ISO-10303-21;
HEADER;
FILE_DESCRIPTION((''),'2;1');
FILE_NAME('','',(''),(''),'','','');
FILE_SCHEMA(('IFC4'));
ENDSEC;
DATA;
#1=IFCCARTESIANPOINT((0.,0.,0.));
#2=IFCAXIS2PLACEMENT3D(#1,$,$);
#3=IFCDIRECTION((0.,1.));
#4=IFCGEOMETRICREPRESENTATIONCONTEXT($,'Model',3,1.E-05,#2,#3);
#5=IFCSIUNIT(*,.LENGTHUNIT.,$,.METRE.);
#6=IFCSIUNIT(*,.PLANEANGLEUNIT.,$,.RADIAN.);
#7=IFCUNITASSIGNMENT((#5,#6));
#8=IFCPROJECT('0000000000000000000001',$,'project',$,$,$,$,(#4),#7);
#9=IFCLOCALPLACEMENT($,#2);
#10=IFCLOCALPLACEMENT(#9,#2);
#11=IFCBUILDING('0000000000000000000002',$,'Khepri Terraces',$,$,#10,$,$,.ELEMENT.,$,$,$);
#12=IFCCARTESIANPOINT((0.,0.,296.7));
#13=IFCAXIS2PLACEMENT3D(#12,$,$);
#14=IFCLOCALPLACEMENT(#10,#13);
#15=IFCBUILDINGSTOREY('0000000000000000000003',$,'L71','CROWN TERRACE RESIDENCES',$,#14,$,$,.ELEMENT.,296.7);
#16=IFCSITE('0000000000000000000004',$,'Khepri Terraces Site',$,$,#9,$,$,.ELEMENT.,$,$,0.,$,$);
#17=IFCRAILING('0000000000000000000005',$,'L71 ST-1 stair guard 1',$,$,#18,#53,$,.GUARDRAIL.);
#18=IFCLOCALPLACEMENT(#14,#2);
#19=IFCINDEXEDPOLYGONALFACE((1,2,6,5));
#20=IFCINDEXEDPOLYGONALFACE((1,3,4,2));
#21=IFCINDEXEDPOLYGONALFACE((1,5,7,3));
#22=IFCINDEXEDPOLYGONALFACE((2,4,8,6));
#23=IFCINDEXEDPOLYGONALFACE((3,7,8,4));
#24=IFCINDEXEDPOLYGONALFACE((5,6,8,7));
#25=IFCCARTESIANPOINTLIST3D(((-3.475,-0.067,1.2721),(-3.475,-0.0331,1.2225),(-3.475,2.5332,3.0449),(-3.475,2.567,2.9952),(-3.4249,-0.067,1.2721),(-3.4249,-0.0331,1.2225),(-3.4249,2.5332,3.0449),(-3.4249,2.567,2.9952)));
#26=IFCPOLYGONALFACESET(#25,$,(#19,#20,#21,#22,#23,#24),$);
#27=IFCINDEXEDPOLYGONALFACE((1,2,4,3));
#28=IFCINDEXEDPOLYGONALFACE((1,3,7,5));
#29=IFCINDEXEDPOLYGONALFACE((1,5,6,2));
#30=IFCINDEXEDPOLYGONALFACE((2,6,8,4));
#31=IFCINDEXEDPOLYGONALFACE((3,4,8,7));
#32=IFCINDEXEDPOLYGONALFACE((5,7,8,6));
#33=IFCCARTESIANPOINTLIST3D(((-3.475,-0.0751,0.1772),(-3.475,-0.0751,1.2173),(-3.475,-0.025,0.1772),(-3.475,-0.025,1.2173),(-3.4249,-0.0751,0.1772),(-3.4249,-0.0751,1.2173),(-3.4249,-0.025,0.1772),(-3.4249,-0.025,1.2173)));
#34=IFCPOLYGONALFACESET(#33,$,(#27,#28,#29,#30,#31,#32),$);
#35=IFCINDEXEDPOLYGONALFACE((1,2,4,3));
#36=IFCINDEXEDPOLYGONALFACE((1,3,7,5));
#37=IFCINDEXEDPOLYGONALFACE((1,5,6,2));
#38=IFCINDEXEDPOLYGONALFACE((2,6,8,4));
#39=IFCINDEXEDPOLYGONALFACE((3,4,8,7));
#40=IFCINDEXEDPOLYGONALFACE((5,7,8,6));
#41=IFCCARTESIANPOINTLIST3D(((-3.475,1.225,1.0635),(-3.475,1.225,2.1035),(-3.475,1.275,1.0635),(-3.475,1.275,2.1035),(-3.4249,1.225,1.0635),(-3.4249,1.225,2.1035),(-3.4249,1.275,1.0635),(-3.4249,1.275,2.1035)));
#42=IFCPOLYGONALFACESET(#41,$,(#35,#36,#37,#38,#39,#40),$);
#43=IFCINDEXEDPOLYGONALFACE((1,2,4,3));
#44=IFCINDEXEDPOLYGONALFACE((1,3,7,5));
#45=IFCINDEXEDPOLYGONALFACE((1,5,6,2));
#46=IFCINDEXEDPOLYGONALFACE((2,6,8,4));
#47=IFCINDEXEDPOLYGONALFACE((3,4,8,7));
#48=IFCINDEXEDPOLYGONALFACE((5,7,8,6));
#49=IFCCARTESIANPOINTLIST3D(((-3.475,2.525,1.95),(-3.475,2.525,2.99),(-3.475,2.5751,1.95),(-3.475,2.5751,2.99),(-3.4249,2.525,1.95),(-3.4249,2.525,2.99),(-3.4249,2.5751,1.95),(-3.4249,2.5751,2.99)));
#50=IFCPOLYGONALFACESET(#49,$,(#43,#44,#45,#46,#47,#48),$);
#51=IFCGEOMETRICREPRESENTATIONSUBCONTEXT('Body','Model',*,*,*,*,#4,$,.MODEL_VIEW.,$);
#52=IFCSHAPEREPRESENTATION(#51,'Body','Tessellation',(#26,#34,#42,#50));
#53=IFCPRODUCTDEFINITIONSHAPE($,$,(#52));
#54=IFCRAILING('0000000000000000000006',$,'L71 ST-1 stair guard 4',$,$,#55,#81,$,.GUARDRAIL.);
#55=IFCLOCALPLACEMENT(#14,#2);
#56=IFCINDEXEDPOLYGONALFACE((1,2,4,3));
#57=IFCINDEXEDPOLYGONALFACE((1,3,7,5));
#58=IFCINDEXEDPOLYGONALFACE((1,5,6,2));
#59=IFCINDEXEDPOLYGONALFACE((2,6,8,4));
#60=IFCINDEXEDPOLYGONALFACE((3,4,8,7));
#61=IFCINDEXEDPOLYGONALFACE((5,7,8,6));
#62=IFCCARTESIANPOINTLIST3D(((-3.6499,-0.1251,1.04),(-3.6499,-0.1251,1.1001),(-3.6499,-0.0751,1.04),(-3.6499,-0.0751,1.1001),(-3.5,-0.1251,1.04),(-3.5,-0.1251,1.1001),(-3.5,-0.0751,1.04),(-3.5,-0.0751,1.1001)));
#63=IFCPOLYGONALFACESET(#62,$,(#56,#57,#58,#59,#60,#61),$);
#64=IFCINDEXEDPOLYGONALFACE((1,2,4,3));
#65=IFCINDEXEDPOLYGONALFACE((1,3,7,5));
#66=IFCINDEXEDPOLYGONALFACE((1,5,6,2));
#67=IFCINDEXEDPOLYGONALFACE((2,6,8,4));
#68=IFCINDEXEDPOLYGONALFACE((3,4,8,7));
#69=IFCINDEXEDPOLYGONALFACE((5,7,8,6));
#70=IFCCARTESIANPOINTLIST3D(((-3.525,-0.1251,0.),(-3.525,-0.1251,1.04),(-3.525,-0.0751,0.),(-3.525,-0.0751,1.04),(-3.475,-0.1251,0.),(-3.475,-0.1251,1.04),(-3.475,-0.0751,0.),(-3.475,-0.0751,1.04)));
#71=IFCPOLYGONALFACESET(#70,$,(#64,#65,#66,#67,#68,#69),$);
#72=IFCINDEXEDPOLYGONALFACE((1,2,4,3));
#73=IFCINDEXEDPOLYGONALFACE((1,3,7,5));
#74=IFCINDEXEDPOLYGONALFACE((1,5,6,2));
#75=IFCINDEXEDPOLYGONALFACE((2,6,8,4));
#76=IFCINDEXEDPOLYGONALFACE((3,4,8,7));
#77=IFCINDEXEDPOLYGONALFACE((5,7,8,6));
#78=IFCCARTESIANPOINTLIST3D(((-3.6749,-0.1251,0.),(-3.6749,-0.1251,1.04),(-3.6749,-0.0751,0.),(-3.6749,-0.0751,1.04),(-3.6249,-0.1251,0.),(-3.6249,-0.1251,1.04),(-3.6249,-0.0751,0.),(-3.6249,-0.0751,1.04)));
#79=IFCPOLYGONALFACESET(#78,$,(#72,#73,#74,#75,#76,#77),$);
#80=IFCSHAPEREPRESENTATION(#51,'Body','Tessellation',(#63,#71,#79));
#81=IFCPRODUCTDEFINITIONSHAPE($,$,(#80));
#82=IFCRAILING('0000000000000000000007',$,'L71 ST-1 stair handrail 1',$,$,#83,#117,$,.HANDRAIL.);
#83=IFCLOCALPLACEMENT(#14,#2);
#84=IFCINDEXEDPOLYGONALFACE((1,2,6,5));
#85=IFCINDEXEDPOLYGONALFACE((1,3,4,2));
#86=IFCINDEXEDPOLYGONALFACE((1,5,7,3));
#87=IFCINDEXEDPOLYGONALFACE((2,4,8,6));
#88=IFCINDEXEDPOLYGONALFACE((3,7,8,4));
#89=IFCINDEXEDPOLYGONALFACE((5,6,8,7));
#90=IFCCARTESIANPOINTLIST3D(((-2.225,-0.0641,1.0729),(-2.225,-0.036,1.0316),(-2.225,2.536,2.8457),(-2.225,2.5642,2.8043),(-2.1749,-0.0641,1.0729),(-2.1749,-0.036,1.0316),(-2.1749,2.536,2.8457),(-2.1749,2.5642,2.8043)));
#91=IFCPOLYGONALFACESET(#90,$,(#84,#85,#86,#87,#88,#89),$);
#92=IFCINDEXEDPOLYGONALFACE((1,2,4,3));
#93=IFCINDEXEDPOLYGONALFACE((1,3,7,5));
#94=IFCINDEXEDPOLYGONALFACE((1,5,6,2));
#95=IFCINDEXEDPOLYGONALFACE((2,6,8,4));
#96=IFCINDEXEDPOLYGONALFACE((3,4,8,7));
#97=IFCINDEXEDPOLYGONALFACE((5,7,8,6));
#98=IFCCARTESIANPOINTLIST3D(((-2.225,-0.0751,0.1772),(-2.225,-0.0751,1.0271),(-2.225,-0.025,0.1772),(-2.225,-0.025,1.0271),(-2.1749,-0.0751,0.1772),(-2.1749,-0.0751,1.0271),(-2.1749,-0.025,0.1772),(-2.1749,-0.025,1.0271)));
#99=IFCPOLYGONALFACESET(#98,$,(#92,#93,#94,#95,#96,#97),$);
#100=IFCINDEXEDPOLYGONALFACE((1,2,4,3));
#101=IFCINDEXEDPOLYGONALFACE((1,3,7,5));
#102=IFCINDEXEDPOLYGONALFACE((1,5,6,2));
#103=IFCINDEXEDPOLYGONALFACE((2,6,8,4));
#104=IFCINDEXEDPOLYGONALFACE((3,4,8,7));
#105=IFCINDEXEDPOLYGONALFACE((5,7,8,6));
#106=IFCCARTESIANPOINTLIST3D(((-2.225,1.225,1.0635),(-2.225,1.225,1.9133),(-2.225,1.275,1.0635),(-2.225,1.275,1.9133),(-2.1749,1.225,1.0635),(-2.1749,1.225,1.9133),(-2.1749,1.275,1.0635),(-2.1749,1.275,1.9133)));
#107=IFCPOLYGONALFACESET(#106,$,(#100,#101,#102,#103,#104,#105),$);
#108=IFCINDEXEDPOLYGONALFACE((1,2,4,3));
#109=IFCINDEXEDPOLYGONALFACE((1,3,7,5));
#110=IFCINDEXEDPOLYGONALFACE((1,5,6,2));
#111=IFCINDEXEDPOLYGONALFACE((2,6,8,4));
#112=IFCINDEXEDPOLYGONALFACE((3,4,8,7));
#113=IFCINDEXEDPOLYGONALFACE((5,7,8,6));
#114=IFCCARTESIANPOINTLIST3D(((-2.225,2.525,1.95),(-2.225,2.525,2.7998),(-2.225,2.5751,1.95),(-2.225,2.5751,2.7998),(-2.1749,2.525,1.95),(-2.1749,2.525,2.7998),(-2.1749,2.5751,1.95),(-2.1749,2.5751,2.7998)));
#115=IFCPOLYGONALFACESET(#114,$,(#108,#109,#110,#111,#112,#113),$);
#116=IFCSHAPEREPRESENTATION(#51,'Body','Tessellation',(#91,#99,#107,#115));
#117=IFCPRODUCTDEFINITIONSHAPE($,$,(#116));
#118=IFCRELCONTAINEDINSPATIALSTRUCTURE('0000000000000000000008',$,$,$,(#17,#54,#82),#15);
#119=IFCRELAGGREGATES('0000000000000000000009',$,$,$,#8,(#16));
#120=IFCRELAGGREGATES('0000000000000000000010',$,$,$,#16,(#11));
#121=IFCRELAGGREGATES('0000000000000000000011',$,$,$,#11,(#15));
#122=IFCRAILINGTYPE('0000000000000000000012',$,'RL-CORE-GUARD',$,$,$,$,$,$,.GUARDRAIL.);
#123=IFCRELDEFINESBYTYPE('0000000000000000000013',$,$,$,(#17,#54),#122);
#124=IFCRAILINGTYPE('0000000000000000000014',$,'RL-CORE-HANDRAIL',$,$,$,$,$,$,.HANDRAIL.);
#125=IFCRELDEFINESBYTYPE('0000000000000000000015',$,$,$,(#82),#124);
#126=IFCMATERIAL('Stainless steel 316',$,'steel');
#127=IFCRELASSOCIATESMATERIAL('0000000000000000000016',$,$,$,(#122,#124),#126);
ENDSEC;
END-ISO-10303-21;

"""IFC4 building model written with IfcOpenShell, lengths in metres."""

from ifc_helpers import new_model, si_unit, direction, frame, origin, origin_2d, place, context, subcontext, project, spatial, rectangle, extrude, material, type_object, element, save


model = new_model("IFC4")

# Units and contexts
model_context = context("Model", 3, precision=1e-05, world=origin(), true_north=direction((0.0, 1.0)))
body_context = subcontext(model_context, "Body", "Model", "MODEL_VIEW")
ifc_project = project(units=[si_unit("LENGTHUNIT", "METRE"), si_unit("PLANEANGLEUNIT", "RADIAN")], contexts=[model_context])

# Site, building, storey
site_placement = place(None, origin())
site = spatial("IfcSite", under=ifc_project, at=site_placement, Name="Khepri Terraces Site", CompositionType="ELEMENT", RefElevation=0.0)
building_placement = place(site_placement, origin())
building = spatial("IfcBuilding", under=site, at=building_placement, Name="Khepri Terraces", CompositionType="ELEMENT")
storey_placement = place(building_placement, frame((0.0, 0.0, 296.7)))
storey = spatial("IfcBuildingStorey", under=building, at=storey_placement, Name="L71", Description="CROWN TERRACE RESIDENCES", CompositionType="ELEMENT", Elevation=296.7)

# Railings
ifc_material_1 = material(Name="Stainless steel 316", Category="steel")
railing_type_1 = type_object("IfcRailingType", Name="RL-CORE-GUARD", PredefinedType="GUARDRAIL", material=ifc_material_1)
railing_1_placement = place(storey_placement, frame((-3.45, -0.05, 0.1772)))
element("IfcRailing", 1, at=railing_1_placement, inside=storey, type_object=railing_type_1, Name="L71 ST-1 stair guard 1", PredefinedType="GUARDRAIL", context=body_context, shape_type="SweptSolid", body=[
    extrude(rectangle(XDim=0.05, YDim=0.0601, at=origin_2d()), frame((0.0, 0.0, 1.0701), z_axis=(0.0, 0.82624, 0.563318), x_axis=(-1.0, 0.0, 0.0)), (0.0, 0.0, 1.0), 3.147),
    extrude(rectangle(XDim=0.05, YDim=0.05, at=origin_2d()), origin(), (0.0, 0.0, 1.0), 1.04),
    extrude(rectangle(XDim=0.05, YDim=0.05, at=origin_2d()), frame((0.0, 1.3, 0.8862)), (0.0, 0.0, 1.0), 1.04),
    extrude(rectangle(XDim=0.05, YDim=0.05, at=origin_2d()), frame((0.0, 2.6001, 1.7727)), (0.0, 0.0, 1.0), 1.04),
])
railing_2_placement = place(storey_placement, frame((-3.5, -0.1001, 0.0)))
element("IfcRailing", 2, at=railing_2_placement, inside=storey, type_object=railing_type_1, Name="L71 ST-1 stair guard 4", PredefinedType="GUARDRAIL", context=body_context, shape_type="SweptSolid", body=[
    extrude(rectangle(XDim=0.05, YDim=0.0601, at=origin_2d()), frame((0.0, 0.0, 1.0701), z_axis=(-1.0, 0.0, 0.0), x_axis=(0.0, -1.0, 0.0)), (0.0, 0.0, 1.0), 0.1499),
    extrude(rectangle(XDim=0.05, YDim=0.05, at=origin_2d()), origin(), (0.0, 0.0, 1.0), 1.04),
    extrude(rectangle(XDim=0.05, YDim=0.05, at=origin_2d()), frame((-0.1499, 0.0, 0.0)), (0.0, 0.0, 1.0), 1.04),
])
railing_type_2 = type_object("IfcRailingType", Name="RL-CORE-HANDRAIL", PredefinedType="HANDRAIL", material=ifc_material_1)
railing_3_placement = place(storey_placement, frame((-2.2, -0.05, 0.1772)))
element("IfcRailing", 3, at=railing_3_placement, inside=storey, type_object=railing_type_2, Name="L71 ST-1 stair handrail 1", PredefinedType="HANDRAIL", context=body_context, shape_type="SweptSolid", body=[
    extrude(rectangle(XDim=0.05, YDim=0.05, at=origin_2d()), frame((0.0, 0.0, 0.875), z_axis=(0.0, 0.82624, 0.563318), x_axis=(-1.0, 0.0, 0.0)), (0.0, 0.0, 1.0), 3.147),
    extrude(rectangle(XDim=0.05, YDim=0.05, at=origin_2d()), origin(), (0.0, 0.0, 1.0), 0.8499),
    extrude(rectangle(XDim=0.05, YDim=0.05, at=origin_2d()), frame((0.0, 1.3, 0.8862)), (0.0, 0.0, 1.0), 0.8499),
    extrude(rectangle(XDim=0.05, YDim=0.05, at=origin_2d()), frame((0.0, 2.6001, 1.7727)), (0.0, 0.0, 1.0), 0.8499),
])

save(model, "model.ifc")
